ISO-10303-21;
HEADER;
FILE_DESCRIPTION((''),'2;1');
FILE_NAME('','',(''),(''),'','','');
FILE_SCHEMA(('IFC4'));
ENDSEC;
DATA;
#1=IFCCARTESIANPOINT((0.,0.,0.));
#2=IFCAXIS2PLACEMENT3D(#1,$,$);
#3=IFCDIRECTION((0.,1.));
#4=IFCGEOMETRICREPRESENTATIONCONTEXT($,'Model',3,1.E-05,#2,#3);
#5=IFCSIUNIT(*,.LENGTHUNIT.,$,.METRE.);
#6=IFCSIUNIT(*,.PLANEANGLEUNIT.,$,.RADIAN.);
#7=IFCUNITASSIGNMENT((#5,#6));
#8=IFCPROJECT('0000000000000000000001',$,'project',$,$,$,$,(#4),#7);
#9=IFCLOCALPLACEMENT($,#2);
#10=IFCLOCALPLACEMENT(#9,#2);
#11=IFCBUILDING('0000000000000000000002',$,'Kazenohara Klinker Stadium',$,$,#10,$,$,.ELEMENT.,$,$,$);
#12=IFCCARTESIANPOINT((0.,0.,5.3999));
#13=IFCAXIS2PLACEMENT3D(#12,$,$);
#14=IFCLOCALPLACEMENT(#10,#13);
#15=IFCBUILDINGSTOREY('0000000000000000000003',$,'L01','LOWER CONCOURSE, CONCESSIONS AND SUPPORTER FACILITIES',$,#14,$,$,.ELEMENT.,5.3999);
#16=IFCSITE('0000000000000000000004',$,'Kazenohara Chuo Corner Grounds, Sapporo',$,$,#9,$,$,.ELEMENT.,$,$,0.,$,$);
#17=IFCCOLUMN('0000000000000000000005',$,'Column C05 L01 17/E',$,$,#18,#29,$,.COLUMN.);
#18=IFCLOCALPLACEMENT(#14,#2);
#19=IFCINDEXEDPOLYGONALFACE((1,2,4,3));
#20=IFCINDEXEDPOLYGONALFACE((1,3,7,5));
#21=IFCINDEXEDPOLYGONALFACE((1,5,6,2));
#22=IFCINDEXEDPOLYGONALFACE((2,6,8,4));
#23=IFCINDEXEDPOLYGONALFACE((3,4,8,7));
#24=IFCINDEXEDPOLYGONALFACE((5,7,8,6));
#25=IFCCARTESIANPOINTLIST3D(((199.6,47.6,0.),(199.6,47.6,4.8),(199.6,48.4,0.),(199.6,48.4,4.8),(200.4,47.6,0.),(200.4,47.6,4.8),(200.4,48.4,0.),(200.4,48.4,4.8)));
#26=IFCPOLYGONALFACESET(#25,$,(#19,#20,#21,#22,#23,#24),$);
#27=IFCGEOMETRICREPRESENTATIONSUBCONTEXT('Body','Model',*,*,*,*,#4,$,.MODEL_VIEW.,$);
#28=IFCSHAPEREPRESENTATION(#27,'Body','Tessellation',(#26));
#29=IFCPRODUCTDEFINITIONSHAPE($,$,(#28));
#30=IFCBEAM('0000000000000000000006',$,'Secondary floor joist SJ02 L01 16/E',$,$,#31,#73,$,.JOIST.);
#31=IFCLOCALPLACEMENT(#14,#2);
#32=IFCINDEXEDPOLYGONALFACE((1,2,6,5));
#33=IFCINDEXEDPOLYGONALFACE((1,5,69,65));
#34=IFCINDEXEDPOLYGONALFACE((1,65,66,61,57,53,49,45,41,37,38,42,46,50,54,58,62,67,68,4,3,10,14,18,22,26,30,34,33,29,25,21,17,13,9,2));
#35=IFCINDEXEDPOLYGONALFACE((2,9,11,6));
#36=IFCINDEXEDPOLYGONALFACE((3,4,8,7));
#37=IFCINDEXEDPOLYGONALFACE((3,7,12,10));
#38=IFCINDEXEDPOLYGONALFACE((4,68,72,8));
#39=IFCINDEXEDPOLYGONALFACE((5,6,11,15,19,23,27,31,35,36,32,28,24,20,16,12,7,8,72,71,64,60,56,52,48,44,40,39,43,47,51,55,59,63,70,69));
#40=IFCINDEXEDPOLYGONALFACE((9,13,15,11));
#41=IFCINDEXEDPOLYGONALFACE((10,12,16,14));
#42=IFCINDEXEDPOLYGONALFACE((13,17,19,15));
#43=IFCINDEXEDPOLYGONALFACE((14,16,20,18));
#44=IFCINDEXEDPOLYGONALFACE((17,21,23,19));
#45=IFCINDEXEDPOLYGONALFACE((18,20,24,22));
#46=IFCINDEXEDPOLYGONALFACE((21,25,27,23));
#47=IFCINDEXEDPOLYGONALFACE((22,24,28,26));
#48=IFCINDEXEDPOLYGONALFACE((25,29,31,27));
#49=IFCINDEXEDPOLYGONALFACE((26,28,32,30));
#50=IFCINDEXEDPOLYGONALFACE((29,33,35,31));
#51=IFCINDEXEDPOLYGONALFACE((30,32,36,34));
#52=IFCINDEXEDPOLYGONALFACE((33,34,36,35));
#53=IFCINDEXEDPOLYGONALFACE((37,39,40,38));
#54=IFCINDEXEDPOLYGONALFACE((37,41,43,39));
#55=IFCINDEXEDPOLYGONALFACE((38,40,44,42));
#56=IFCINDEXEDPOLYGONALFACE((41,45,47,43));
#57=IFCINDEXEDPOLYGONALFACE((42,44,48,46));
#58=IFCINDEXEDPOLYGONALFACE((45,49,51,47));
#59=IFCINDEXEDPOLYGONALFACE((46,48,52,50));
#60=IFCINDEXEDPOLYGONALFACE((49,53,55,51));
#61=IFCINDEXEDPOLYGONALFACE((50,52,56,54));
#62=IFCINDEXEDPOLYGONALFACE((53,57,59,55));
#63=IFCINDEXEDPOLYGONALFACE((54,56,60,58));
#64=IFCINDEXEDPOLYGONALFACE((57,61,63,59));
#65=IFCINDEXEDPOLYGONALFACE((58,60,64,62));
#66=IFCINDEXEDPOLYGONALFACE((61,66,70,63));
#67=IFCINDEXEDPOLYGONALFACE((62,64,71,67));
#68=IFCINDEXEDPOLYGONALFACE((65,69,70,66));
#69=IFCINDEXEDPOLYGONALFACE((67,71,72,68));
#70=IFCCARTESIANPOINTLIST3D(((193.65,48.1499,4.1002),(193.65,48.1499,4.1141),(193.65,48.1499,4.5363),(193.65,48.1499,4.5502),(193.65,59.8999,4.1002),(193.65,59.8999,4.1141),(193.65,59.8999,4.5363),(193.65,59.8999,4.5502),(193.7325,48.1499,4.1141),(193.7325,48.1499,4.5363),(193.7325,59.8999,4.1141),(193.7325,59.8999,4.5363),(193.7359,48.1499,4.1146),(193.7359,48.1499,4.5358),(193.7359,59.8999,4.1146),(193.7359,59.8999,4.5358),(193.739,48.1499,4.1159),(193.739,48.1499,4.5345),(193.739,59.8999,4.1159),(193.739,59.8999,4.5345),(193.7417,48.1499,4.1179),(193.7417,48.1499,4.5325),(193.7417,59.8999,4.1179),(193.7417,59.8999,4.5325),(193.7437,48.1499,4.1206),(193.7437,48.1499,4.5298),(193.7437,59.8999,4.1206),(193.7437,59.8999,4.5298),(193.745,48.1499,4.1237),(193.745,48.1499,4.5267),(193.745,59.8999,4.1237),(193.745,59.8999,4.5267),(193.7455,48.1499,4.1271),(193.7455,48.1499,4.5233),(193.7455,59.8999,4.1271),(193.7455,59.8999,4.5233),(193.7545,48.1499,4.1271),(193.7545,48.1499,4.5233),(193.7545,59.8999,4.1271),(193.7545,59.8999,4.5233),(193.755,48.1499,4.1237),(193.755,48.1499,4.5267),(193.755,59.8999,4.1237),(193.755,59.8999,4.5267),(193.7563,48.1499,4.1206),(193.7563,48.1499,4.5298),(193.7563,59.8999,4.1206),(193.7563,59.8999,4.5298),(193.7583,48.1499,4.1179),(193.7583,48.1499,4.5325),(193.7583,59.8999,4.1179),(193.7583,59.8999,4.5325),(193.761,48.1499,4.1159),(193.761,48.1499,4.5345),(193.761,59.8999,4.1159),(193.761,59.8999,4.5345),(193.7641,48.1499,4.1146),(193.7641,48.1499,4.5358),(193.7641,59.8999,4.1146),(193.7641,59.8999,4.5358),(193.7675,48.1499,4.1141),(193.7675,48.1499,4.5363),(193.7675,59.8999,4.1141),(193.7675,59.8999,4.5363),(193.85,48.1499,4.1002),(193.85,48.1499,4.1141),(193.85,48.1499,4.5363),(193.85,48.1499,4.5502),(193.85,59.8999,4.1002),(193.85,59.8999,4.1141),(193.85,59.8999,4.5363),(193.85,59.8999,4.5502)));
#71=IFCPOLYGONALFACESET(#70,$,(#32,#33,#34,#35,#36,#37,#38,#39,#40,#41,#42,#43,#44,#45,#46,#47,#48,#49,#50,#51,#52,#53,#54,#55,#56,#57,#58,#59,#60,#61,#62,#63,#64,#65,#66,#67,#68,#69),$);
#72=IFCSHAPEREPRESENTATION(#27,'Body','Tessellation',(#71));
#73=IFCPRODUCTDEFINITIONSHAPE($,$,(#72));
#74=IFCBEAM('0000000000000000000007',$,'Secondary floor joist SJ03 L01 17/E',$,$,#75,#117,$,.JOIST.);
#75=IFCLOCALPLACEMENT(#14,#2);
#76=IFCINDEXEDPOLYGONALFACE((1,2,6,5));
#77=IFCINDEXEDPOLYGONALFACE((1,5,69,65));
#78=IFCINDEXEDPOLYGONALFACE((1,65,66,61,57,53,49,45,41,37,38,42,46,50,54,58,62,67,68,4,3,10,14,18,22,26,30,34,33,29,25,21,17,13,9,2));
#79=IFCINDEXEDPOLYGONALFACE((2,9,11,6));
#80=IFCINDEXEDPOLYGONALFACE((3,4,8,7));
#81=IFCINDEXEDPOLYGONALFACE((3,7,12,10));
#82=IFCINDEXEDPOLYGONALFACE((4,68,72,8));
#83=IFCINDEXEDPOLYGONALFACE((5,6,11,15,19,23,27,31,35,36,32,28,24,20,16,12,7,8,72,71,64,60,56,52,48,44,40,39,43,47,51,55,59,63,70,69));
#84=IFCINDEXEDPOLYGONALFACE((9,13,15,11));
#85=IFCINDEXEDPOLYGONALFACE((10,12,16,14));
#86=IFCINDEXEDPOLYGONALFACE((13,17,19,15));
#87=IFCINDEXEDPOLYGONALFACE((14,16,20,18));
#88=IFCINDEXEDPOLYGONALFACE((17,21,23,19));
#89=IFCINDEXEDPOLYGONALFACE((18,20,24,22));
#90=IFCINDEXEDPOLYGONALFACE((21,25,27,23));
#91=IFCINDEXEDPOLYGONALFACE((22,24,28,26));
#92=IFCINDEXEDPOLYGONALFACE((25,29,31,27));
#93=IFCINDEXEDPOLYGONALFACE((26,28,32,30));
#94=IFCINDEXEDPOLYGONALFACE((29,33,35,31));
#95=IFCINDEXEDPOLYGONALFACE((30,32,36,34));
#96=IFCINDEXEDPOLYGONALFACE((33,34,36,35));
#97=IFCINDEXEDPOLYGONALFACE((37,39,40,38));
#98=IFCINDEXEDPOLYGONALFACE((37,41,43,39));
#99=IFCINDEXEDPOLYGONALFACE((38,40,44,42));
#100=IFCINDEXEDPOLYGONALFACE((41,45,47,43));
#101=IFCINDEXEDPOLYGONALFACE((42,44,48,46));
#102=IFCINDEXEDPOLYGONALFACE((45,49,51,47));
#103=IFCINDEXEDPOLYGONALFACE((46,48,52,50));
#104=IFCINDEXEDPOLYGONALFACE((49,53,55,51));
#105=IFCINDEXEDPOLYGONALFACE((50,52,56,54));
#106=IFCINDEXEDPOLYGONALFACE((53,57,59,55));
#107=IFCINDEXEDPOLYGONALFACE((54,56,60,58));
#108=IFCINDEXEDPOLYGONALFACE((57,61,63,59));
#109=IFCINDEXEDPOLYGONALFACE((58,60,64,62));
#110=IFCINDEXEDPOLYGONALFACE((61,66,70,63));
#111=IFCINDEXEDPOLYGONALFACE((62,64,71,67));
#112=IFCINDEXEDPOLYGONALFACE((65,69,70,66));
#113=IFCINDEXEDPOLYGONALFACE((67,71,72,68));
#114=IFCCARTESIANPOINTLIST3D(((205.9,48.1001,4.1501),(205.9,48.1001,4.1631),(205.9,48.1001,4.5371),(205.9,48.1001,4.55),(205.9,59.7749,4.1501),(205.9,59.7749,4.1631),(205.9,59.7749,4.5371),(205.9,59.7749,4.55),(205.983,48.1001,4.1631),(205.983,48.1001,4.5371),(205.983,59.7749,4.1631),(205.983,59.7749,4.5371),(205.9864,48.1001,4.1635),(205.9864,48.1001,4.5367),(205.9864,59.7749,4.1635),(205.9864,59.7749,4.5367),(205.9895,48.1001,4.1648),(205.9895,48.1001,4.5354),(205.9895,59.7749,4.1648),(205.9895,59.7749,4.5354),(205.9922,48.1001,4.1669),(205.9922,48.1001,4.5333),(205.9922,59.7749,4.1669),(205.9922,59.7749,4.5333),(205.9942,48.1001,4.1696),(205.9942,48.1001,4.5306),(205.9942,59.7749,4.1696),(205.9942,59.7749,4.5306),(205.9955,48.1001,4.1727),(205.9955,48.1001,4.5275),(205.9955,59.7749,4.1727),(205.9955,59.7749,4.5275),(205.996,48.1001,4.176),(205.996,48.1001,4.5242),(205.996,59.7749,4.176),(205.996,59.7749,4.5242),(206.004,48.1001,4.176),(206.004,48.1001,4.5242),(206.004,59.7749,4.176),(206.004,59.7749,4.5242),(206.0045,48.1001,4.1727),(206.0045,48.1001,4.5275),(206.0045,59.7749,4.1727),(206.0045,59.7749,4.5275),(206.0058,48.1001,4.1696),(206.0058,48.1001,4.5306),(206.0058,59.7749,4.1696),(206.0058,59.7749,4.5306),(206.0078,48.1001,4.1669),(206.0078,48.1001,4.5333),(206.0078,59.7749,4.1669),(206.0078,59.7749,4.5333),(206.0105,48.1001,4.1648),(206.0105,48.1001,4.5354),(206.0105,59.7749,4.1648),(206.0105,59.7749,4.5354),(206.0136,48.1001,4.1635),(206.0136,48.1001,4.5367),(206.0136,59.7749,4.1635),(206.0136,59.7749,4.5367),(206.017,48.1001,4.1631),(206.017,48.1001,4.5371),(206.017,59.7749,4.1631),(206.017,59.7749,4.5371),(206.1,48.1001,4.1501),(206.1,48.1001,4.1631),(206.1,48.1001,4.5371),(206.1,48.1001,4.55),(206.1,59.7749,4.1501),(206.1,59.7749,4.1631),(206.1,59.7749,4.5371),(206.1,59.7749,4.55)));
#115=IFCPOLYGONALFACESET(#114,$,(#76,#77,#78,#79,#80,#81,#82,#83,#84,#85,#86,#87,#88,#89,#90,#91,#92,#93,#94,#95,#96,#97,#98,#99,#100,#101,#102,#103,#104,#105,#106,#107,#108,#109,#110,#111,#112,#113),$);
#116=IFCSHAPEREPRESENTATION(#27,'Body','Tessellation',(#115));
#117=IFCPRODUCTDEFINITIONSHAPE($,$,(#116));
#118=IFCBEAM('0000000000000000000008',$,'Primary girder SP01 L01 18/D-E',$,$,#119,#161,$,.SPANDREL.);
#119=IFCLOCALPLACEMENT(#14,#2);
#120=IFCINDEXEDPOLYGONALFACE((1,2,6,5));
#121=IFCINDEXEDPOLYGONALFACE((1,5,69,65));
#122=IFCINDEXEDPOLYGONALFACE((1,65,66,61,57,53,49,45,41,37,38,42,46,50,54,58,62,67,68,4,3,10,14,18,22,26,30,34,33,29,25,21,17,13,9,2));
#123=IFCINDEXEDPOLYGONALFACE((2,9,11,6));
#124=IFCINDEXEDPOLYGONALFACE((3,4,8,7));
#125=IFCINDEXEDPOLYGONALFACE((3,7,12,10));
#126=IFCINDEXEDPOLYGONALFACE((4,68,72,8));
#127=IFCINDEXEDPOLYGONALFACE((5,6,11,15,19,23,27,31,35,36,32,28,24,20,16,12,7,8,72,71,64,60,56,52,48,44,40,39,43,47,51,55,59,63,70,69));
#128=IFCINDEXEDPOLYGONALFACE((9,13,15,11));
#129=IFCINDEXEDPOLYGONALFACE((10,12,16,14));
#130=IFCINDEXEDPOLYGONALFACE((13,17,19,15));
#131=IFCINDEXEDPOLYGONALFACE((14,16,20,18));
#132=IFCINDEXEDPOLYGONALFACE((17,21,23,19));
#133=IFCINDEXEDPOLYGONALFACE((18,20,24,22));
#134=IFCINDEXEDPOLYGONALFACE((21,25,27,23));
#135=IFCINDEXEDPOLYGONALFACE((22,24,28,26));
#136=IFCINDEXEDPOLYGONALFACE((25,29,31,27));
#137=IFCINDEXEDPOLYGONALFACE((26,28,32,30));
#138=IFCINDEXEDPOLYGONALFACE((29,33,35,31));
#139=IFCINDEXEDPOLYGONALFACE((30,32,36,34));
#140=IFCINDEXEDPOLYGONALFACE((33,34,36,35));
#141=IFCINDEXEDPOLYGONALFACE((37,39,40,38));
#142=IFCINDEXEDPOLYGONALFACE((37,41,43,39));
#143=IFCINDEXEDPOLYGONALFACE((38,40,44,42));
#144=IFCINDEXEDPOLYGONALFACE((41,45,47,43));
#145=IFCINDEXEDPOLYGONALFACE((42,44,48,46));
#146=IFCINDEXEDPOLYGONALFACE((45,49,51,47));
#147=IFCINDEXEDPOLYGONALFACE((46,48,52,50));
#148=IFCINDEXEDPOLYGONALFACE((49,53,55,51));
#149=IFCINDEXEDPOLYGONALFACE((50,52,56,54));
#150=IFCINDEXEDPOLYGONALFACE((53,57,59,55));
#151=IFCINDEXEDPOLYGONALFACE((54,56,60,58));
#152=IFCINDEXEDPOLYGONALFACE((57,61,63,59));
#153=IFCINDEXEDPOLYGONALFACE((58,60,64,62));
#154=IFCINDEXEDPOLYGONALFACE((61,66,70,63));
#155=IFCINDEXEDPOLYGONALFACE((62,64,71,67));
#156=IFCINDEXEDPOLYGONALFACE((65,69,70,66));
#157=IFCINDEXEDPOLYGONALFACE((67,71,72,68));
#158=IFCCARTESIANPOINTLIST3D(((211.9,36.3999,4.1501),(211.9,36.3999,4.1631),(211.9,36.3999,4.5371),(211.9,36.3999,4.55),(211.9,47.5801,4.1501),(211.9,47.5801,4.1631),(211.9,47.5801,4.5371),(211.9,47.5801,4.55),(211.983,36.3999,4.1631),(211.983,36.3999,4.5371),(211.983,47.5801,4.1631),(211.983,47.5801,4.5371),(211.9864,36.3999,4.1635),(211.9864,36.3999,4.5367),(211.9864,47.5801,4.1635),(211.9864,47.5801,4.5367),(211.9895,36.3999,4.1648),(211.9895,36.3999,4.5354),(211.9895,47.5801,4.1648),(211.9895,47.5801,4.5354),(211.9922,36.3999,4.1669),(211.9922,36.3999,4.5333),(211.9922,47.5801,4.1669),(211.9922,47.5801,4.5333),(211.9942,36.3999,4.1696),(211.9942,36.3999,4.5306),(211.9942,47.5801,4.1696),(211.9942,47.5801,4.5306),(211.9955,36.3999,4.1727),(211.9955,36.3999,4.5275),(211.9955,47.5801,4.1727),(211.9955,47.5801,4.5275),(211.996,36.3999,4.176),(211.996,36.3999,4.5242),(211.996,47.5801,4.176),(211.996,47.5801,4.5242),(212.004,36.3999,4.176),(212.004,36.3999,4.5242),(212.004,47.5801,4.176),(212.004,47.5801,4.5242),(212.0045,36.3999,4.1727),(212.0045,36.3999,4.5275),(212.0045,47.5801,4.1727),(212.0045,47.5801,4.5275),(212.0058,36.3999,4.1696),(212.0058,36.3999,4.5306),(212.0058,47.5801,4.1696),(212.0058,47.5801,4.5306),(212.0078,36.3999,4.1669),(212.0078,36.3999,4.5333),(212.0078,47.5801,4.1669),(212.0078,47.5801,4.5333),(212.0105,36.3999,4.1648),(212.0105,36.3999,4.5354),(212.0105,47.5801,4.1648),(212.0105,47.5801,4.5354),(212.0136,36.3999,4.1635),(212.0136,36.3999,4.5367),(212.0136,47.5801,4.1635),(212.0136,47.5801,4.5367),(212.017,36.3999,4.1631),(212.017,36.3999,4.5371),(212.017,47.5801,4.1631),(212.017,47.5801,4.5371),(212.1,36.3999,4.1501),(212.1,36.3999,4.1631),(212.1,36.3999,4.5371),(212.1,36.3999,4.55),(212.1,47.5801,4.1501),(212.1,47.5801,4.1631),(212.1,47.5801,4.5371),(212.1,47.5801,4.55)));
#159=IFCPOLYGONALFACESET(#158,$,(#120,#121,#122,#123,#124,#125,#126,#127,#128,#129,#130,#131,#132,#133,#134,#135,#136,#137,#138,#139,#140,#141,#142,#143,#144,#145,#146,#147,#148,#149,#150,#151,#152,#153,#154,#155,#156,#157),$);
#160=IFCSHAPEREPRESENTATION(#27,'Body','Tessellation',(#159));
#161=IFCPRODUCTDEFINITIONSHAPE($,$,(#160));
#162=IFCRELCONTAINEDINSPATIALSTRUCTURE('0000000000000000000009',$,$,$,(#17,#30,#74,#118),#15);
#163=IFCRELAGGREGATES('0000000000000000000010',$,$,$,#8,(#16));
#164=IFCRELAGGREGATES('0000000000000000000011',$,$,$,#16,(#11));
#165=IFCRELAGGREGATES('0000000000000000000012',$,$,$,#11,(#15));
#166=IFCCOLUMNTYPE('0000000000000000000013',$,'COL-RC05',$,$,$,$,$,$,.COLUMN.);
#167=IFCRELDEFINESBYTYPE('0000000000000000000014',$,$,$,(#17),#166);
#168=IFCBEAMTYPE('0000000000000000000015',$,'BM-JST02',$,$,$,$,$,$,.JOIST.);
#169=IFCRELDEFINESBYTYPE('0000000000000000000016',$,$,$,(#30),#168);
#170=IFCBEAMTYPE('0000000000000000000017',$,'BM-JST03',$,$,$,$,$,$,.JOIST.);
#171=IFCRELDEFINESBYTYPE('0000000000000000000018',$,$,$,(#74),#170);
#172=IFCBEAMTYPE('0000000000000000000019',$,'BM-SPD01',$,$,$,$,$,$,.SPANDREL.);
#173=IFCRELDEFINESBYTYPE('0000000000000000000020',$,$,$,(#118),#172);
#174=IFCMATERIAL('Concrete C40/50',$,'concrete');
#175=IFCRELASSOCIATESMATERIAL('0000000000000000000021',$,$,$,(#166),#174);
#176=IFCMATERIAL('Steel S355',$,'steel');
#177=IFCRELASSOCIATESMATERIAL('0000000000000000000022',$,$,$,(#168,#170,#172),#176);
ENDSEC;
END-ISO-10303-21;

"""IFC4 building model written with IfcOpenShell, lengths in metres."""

from ifc_helpers import new_model, si_unit, direction, frame, origin, origin_2d, place, context, subcontext, project, spatial, rectangle, i_section, extrude, material, material_profile, profile_set, type_object, element, save


model = new_model("IFC4")

# Units and contexts
model_context = context("Model", 3, precision=1e-05, world=origin(), true_north=direction((0.0, 1.0)))
body_context = subcontext(model_context, "Body", "Model", "MODEL_VIEW")
ifc_project = project(units=[si_unit("LENGTHUNIT", "METRE"), si_unit("PLANEANGLEUNIT", "RADIAN")], contexts=[model_context])

# Site, building, storey
site_placement = place(None, origin())
site = spatial("IfcSite", under=ifc_project, at=site_placement, Name="Kazenohara Chuo Corner Grounds, Sapporo", CompositionType="ELEMENT", RefElevation=0.0)
building_placement = place(site_placement, origin())
building = spatial("IfcBuilding", under=site, at=building_placement, Name="Kazenohara Klinker Stadium", CompositionType="ELEMENT")
storey_placement = place(building_placement, frame((0.0, 0.0, 5.3999)))
storey = spatial("IfcBuildingStorey", under=building, at=storey_placement, Name="L01", Description="LOWER CONCOURSE, CONCESSIONS AND SUPPORTER FACILITIES", CompositionType="ELEMENT", Elevation=5.3999)

# Column
ifc_material_1 = material(Name="Concrete C40/50", Category="concrete")
ifc_material_profile_1 = material_profile(ifc_material_1, rectangle(XDim=0.8, YDim=0.8, at=origin_2d()), Name="RC-COL-800x800")
ifc_profile_set_1 = profile_set([ifc_material_profile_1], Name="Concrete C40/50")
column_type = type_object("IfcColumnType", Name="COL-RC05", PredefinedType="COLUMN", material=ifc_profile_set_1)
column_placement = place(storey_placement, frame((200.0, 48.0, 0.0), z_axis=(0.0, 0.0, 1.0), x_axis=(1.0, 0.0, 0.0)))
element("IfcColumn", 1, at=column_placement, inside=storey, type_object=column_type, Name="Column C05 L01 17/E", PredefinedType="COLUMN", context=body_context, shape_type="SweptSolid", body=[
    extrude(rectangle(XDim=0.8, YDim=0.8, at=origin_2d()), origin(), (0.0, 0.0, 1.0), 4.8),
])

# Beams
ifc_material_2 = material(Name="Steel S355", Category="steel")
ifc_material_profile_2 = material_profile(ifc_material_2, i_section(OverallWidth=0.2, OverallDepth=0.45, WebThickness=0.009, FlangeThickness=0.0139, FilletRadius=0.0129, at=origin_2d()), Name="H-450x200x9x14")
ifc_profile_set_2 = profile_set([ifc_material_profile_2], Name="Steel S355")
beam_type_1 = type_object("IfcBeamType", Name="BM-JST02", PredefinedType="JOIST", material=ifc_profile_set_2)
beam_1_placement = place(storey_placement, frame((193.75, 48.1499, 4.3252), z_axis=(0.0, 1.0, 0.0), x_axis=(-1.0, 0.0, 0.0)))
element("IfcBeam", 2, at=beam_1_placement, inside=storey, type_object=beam_type_1, Name="Secondary floor joist SJ02 L01 16/E", PredefinedType="JOIST", context=body_context, shape_type="SweptSolid", body=[
    extrude(i_section(OverallWidth=0.2, OverallDepth=0.45, WebThickness=0.009, FlangeThickness=0.0139, FilletRadius=0.0129, at=origin_2d()), origin(), (0.0, 0.0, 1.0), 11.75),
])
ifc_material_profile_3 = material_profile(ifc_material_2, i_section(OverallWidth=0.2, OverallDepth=0.3999, WebThickness=0.0081, FlangeThickness=0.0129, FilletRadius=0.0129, at=origin_2d()), Name="H-400x200x8x13")
ifc_profile_set_3 = profile_set([ifc_material_profile_3], Name="Steel S355")
beam_type_2 = type_object("IfcBeamType", Name="BM-JST03", PredefinedType="JOIST", material=ifc_profile_set_3)
beam_2_placement = place(storey_placement, frame((206.0, 48.1001, 4.3501), z_axis=(0.0, 1.0, 0.0), x_axis=(-1.0, 0.0, 0.0)))
element("IfcBeam", 3, at=beam_2_placement, inside=storey, type_object=beam_type_2, Name="Secondary floor joist SJ03 L01 17/E", PredefinedType="JOIST", context=body_context, shape_type="SweptSolid", body=[
    extrude(i_section(OverallWidth=0.2, OverallDepth=0.3999, WebThickness=0.0081, FlangeThickness=0.0129, FilletRadius=0.0129, at=origin_2d()), origin(), (0.0, 0.0, 1.0), 11.6748),
])
ifc_material_profile_4 = material_profile(ifc_material_2, i_section(OverallWidth=0.2, OverallDepth=0.3999, WebThickness=0.0081, FlangeThickness=0.0129, FilletRadius=0.0129, at=origin_2d()), Name="H-400x200x8x13")
ifc_profile_set_4 = profile_set([ifc_material_profile_4], Name="Steel S355")
beam_type_3 = type_object("IfcBeamType", Name="BM-SPD01", PredefinedType="SPANDREL", material=ifc_profile_set_4)
beam_3_placement = place(storey_placement, frame((212.0, 36.3999, 4.3501), z_axis=(0.0, 1.0, 0.0), x_axis=(-1.0, 0.0, 0.0)))
element("IfcBeam", 4, at=beam_3_placement, inside=storey, type_object=beam_type_3, Name="Primary girder SP01 L01 18/D-E", PredefinedType="SPANDREL", context=body_context, shape_type="SweptSolid", body=[
    extrude(i_section(OverallWidth=0.2, OverallDepth=0.3999, WebThickness=0.0081, FlangeThickness=0.0129, FilletRadius=0.0129, at=origin_2d()), origin(), (0.0, 0.0, 1.0), 11.1802),
])

save(model, "model.ifc")
